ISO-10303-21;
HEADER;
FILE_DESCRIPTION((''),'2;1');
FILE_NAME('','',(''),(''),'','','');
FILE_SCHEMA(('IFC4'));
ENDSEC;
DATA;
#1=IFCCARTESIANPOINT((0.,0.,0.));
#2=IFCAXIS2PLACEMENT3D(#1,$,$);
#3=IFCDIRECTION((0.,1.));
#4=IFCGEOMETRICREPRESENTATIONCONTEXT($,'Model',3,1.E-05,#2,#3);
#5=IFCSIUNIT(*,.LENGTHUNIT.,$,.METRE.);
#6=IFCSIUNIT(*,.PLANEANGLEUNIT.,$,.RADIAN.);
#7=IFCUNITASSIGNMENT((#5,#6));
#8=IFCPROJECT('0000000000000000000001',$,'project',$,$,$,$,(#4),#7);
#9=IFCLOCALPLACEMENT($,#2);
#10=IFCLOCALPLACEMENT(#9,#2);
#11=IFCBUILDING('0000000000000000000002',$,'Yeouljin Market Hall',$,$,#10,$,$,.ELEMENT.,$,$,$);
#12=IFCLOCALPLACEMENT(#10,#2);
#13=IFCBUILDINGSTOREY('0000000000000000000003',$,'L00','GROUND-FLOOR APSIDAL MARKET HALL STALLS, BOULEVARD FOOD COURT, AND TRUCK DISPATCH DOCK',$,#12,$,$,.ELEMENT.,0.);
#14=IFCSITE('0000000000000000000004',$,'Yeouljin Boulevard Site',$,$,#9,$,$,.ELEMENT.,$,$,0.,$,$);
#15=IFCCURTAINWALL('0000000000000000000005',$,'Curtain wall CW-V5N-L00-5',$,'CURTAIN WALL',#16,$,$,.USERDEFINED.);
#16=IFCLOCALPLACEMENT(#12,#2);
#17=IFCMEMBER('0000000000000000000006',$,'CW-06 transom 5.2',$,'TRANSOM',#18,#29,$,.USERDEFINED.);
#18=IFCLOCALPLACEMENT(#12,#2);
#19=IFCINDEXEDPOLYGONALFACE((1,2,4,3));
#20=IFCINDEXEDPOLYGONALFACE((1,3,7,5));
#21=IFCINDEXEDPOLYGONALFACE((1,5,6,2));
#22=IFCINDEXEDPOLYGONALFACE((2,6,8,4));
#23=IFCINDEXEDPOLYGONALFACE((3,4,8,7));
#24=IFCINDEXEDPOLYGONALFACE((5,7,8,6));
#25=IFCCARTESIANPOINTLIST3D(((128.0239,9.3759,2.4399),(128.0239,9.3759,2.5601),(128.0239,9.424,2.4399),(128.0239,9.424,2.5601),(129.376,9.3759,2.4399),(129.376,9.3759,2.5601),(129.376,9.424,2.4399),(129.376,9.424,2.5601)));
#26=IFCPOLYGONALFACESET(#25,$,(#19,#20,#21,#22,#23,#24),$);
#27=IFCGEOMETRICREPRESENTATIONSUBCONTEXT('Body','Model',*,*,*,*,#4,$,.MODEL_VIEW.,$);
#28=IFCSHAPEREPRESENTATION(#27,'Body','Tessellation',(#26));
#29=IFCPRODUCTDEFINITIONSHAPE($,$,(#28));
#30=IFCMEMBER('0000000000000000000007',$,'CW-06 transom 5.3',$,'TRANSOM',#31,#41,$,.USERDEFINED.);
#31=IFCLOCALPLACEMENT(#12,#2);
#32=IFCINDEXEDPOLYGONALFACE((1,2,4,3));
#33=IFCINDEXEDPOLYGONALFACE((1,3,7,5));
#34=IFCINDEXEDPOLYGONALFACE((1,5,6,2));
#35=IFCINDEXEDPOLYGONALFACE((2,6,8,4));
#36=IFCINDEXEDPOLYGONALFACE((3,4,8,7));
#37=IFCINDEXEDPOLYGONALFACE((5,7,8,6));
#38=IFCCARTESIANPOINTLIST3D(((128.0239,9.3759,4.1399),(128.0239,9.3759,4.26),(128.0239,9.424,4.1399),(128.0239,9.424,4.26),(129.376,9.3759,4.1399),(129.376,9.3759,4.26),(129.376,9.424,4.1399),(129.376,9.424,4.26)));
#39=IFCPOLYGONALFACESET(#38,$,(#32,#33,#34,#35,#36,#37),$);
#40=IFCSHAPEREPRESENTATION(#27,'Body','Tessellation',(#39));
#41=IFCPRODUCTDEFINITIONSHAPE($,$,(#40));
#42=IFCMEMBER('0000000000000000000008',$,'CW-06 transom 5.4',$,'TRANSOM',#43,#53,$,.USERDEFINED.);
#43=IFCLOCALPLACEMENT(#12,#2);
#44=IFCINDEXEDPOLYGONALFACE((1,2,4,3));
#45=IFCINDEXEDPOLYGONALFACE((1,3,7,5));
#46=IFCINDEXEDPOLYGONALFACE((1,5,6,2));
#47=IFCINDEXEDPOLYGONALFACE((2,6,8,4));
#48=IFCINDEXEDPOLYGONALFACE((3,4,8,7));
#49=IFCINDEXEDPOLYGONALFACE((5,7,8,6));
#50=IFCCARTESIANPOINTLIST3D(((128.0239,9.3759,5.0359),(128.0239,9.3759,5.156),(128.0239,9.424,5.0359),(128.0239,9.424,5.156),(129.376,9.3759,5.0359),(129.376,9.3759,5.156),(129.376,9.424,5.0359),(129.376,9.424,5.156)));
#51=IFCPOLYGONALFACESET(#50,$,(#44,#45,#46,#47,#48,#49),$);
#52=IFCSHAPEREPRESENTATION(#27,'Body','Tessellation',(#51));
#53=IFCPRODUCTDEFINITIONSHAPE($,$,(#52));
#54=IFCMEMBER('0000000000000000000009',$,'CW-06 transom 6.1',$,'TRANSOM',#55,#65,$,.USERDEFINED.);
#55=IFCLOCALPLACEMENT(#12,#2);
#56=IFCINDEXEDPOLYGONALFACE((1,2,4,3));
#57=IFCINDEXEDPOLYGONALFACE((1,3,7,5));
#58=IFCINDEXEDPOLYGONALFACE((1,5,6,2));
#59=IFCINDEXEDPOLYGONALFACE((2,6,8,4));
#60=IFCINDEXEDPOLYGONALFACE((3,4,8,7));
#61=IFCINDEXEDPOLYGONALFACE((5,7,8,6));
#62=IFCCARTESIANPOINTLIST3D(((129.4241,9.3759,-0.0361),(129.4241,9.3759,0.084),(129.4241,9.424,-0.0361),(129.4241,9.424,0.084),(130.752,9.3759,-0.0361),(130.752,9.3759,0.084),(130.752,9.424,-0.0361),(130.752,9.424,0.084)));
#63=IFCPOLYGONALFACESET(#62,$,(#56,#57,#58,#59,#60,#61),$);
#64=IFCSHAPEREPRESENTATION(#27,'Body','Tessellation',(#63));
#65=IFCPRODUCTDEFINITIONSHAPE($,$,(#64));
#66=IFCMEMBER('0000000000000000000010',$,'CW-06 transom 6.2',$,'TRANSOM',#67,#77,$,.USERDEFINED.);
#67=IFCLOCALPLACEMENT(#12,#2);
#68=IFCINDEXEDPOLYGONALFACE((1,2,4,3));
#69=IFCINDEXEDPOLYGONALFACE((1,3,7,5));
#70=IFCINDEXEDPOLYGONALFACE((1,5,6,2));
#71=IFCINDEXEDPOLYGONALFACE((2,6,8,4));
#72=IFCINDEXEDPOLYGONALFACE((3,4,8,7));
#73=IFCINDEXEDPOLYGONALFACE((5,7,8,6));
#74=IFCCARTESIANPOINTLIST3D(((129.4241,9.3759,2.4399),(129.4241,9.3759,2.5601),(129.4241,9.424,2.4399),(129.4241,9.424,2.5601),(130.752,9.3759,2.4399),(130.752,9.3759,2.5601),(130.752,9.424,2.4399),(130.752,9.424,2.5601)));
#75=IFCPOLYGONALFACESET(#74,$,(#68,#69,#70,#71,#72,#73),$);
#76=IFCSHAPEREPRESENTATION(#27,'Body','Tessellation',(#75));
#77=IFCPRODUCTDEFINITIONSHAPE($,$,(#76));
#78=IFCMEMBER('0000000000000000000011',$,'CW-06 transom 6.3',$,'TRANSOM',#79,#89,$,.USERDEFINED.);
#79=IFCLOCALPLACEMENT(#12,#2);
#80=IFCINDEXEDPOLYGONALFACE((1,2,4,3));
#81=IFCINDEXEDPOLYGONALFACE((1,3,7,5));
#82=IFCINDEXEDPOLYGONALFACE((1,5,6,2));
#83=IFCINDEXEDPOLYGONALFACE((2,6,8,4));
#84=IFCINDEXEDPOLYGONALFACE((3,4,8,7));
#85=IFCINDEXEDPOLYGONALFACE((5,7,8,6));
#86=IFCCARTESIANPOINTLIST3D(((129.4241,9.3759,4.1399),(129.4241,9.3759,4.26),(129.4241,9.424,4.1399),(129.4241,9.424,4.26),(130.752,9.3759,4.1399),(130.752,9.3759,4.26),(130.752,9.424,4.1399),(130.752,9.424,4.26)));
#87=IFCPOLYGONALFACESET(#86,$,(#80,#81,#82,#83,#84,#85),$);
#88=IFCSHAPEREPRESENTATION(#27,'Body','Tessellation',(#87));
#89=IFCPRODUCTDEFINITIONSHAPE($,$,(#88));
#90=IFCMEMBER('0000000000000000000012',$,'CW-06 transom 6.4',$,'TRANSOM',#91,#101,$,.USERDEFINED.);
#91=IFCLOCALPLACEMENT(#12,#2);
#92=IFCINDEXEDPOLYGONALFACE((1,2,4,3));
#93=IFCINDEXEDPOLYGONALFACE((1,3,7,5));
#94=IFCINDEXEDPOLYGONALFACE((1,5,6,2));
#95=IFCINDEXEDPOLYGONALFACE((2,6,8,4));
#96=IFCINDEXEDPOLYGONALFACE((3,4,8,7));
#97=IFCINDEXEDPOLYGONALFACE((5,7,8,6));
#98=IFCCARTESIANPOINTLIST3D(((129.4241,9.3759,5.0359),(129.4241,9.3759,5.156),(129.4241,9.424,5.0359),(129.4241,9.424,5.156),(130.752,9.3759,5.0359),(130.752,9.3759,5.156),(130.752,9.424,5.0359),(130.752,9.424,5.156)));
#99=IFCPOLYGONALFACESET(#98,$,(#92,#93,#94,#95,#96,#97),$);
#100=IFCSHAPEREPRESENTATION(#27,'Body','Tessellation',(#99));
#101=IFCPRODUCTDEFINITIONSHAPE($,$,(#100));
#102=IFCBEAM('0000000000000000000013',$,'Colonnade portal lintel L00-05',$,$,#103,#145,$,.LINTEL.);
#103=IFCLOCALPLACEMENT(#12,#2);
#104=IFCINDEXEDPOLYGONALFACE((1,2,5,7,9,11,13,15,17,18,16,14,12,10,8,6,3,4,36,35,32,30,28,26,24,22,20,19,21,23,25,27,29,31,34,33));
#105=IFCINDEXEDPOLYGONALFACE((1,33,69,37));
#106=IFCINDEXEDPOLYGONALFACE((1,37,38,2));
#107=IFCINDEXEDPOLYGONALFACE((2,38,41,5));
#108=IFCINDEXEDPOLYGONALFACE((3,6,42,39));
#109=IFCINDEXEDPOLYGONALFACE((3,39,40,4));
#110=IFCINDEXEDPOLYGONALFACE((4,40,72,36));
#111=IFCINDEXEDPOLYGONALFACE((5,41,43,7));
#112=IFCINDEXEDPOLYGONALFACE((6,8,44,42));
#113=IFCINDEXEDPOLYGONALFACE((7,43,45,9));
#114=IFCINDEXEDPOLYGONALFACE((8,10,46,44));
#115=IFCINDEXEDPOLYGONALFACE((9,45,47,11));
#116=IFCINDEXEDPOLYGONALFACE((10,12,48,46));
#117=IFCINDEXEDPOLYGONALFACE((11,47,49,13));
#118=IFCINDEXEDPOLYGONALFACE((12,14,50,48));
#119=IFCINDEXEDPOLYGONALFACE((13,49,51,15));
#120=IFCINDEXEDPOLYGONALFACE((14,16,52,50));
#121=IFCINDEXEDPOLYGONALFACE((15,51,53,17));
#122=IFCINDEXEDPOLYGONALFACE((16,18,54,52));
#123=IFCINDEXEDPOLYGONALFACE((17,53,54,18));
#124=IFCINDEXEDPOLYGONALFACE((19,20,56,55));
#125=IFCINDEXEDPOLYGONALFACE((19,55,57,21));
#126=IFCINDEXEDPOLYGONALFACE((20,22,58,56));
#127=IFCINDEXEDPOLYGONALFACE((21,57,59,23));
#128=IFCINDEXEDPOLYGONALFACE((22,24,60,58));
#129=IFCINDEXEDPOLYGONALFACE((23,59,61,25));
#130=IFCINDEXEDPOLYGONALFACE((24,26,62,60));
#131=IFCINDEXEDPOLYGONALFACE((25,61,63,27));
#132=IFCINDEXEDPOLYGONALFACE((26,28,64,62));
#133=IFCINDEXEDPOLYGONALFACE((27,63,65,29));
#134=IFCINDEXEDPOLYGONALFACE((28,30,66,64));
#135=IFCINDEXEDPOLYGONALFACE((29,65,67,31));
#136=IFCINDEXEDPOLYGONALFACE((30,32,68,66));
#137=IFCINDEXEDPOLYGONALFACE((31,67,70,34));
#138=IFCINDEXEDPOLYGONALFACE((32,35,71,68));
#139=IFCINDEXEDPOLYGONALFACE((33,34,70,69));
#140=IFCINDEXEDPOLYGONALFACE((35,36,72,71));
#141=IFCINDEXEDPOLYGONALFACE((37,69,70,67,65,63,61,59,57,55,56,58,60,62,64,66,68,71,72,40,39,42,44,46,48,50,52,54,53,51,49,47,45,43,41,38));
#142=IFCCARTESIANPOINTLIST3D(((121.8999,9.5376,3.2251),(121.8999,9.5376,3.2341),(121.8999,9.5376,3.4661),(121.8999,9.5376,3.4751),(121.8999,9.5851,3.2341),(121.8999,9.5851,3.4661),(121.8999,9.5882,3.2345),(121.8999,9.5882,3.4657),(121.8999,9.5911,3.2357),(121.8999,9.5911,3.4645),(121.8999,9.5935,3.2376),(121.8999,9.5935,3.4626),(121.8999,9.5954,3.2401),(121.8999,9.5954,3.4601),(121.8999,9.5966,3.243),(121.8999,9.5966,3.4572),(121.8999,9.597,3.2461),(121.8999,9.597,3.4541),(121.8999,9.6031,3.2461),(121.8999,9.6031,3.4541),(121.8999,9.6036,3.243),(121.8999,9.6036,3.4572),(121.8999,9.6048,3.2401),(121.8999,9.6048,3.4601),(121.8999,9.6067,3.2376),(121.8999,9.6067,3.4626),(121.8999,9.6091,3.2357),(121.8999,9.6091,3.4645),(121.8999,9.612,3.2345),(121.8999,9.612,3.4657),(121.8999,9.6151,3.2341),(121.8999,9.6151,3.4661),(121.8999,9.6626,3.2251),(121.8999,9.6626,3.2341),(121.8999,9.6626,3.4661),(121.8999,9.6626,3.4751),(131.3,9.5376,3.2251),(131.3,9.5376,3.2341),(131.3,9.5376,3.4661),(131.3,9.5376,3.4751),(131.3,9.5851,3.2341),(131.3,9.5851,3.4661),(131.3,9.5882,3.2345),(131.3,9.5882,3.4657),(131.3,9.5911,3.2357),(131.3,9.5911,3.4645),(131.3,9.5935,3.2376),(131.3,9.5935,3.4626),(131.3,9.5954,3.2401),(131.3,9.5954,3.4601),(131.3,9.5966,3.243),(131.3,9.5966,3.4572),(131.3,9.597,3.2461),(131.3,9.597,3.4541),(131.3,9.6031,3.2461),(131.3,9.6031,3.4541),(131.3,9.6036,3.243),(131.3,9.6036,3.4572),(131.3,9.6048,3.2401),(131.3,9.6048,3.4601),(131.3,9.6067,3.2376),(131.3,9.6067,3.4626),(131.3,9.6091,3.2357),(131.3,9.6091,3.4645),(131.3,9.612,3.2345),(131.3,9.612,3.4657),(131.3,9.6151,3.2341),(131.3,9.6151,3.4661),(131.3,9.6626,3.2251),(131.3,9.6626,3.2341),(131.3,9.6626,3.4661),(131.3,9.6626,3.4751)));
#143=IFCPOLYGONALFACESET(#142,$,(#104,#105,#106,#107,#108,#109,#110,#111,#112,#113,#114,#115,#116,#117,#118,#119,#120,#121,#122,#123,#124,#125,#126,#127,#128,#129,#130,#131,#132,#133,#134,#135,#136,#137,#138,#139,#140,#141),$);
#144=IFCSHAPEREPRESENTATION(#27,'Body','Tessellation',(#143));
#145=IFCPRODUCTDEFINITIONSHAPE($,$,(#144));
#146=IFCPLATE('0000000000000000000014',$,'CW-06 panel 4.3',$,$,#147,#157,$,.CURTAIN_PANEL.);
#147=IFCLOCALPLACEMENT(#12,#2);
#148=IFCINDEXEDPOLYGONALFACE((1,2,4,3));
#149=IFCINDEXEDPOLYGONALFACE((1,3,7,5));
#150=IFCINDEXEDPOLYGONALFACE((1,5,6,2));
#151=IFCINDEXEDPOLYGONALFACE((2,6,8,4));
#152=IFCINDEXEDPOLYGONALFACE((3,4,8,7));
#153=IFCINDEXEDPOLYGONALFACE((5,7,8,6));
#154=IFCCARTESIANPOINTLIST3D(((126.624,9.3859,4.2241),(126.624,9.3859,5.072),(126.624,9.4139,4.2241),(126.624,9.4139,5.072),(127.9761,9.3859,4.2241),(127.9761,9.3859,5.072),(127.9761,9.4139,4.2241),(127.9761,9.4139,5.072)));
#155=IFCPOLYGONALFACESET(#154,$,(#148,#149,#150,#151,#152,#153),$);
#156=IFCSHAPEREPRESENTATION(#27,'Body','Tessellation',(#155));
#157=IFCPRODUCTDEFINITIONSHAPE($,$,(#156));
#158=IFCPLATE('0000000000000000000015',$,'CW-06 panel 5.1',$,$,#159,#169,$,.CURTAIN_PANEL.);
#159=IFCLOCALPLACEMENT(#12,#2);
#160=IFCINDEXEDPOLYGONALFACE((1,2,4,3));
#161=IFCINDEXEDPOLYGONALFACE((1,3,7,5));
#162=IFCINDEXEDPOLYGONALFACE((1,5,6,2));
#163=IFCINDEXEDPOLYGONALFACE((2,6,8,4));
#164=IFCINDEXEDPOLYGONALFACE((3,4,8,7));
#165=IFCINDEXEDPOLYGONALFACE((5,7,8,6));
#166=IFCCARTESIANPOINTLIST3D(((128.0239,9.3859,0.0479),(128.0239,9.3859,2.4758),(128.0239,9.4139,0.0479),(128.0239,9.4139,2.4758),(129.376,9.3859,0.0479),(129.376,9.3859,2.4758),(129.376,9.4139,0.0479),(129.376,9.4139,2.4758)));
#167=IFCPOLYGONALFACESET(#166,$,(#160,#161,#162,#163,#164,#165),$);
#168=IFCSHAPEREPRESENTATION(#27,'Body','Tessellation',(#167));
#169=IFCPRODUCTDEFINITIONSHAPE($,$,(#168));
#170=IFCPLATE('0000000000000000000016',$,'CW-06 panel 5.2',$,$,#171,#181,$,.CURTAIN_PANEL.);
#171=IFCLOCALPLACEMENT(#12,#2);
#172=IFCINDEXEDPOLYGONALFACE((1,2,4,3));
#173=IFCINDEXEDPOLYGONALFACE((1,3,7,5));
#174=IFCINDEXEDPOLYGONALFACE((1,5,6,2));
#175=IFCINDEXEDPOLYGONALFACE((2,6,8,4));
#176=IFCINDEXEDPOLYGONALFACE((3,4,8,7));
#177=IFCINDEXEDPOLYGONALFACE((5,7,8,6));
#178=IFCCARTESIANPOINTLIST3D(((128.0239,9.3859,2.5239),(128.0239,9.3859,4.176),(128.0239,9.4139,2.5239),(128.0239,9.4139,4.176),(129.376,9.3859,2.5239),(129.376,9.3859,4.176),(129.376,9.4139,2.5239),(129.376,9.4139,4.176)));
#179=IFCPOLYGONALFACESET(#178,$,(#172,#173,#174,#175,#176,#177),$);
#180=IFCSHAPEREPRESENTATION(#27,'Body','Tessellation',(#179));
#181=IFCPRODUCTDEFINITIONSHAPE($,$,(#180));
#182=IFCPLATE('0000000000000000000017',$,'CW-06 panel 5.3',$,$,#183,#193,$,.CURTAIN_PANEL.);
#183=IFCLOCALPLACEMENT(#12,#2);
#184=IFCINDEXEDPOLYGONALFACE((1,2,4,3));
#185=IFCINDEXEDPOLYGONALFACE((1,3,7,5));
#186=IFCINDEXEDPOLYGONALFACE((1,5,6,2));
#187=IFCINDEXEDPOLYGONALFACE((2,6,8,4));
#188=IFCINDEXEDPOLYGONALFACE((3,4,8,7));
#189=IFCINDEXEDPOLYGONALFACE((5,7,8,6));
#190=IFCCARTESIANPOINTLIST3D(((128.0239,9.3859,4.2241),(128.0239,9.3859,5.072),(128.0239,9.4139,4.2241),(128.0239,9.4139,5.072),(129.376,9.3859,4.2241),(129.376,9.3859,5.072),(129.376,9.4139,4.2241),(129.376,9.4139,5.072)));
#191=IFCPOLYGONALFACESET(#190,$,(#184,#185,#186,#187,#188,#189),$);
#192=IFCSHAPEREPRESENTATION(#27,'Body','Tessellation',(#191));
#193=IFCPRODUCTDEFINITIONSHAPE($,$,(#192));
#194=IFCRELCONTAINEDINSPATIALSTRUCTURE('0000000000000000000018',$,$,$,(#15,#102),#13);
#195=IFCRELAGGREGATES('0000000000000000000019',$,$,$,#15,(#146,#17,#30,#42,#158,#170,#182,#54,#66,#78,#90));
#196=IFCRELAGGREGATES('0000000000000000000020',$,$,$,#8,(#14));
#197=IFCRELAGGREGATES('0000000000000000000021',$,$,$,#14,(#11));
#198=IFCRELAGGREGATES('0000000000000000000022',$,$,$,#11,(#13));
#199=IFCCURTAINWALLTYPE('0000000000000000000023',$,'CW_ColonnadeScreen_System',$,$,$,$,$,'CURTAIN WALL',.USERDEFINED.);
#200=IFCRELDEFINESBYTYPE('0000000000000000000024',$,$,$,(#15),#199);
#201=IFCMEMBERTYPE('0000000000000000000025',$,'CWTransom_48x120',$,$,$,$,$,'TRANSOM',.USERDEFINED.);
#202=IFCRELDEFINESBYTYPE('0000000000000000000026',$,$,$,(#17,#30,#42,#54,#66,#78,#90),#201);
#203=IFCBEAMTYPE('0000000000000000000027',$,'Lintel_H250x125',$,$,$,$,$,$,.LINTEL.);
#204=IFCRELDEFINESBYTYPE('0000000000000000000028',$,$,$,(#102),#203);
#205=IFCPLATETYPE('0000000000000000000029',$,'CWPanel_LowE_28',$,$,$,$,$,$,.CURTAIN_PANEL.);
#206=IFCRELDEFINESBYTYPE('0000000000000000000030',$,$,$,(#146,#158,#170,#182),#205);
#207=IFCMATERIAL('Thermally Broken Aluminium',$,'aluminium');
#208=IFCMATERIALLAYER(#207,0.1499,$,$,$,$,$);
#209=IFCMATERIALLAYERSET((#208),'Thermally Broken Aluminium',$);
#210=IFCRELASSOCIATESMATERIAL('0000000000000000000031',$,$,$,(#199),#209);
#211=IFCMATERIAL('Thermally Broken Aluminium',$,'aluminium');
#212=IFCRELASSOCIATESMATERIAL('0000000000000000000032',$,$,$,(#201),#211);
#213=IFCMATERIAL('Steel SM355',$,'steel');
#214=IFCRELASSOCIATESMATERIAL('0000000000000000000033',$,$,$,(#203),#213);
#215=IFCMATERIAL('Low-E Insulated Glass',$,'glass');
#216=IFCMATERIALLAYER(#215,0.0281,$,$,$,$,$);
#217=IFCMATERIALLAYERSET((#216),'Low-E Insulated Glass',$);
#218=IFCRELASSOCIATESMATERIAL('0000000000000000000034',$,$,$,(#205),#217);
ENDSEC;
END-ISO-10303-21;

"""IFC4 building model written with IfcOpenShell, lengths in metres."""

from ifc_helpers import new_model, si_unit, direction, frame, origin, origin_2d, place, context, subcontext, project, spatial, rectangle, i_section, extrude, material, layer, layer_set, material_profile, profile_set, type_object, element, aggregate, save


model = new_model("IFC4")

# Units and contexts
model_context = context("Model", 3, precision=1e-05, world=origin(), true_north=direction((0.0, 1.0)))
body_context = subcontext(model_context, "Body", "Model", "MODEL_VIEW")
ifc_project = project(units=[si_unit("LENGTHUNIT", "METRE"), si_unit("PLANEANGLEUNIT", "RADIAN")], contexts=[model_context])

# Site, building, storey
site_placement = place(None, origin())
site = spatial("IfcSite", under=ifc_project, at=site_placement, Name="Yeouljin Boulevard Site", CompositionType="ELEMENT", RefElevation=0.0)
building_placement = place(site_placement, origin())
building = spatial("IfcBuilding", under=site, at=building_placement, Name="Yeouljin Market Hall", CompositionType="ELEMENT")
storey_placement = place(building_placement, origin())
storey = spatial("IfcBuildingStorey", under=building, at=storey_placement, Name="L00", Description="GROUND-FLOOR APSIDAL MARKET HALL STALLS, BOULEVARD FOOD COURT, AND TRUCK DISPATCH DOCK", CompositionType="ELEMENT", Elevation=0.0)

# Curtain wall, members
ifc_material_1 = material(Name="Thermally Broken Aluminium", Category="aluminium")
ifc_layer_1 = layer(ifc_material_1, 0.1499)
ifc_layer_set_1 = layer_set([ifc_layer_1], Name="Thermally Broken Aluminium")
curtain_wall_type = type_object("IfcCurtainWallType", Name="CW_ColonnadeScreen_System", ElementType="CURTAIN WALL", PredefinedType="USERDEFINED", material=ifc_layer_set_1)
curtain_wall_placement = place(storey_placement, origin())
curtain_wall = element("IfcCurtainWall", 1, at=curtain_wall_placement, inside=storey, type_object=curtain_wall_type, Name="Curtain wall CW-V5N-L00-5", ObjectType="CURTAIN WALL", PredefinedType="USERDEFINED")
ifc_material_2 = material(Name="Thermally Broken Aluminium", Category="aluminium")
ifc_material_profile_1 = material_profile(ifc_material_2, rectangle(XDim=0.0481, YDim=0.1201, at=origin_2d()), Name="CW-TRAN-48x120")
ifc_profile_set_1 = profile_set([ifc_material_profile_1], Name="Thermally Broken Aluminium")
member_type_1 = type_object("IfcMemberType", Name="CWTransom_48x120", ElementType="TRANSOM", PredefinedType="USERDEFINED", material=ifc_profile_set_1)
member_1_placement = place(storey_placement, frame((128.0239, 9.3999, 2.5), z_axis=(1.0, 0.0, 0.0), x_axis=(0.0, 1.0, 0.0)))
member_1 = element("IfcMember", 2, at=member_1_placement, type_object=member_type_1, Name="CW-06 transom 5.2", ObjectType="TRANSOM", PredefinedType="USERDEFINED", context=body_context, shape_type="SweptSolid", body=[
    extrude(rectangle(XDim=0.0481, YDim=0.1201, at=origin_2d()), origin(), (0.0, 0.0, 1.0), 1.3521),
])
member_2_placement = place(storey_placement, frame((128.0239, 9.3999, 4.2), z_axis=(1.0, 0.0, 0.0), x_axis=(0.0, 1.0, 0.0)))
member_2 = element("IfcMember", 3, at=member_2_placement, type_object=member_type_1, Name="CW-06 transom 5.3", ObjectType="TRANSOM", PredefinedType="USERDEFINED", context=body_context, shape_type="SweptSolid", body=[
    extrude(rectangle(XDim=0.0481, YDim=0.1201, at=origin_2d()), origin(), (0.0, 0.0, 1.0), 1.3521),
])
member_3_placement = place(storey_placement, frame((128.0239, 9.3999, 5.0959), z_axis=(1.0, 0.0, 0.0), x_axis=(0.0, 1.0, 0.0)))
member_3 = element("IfcMember", 4, at=member_3_placement, type_object=member_type_1, Name="CW-06 transom 5.4", ObjectType="TRANSOM", PredefinedType="USERDEFINED", context=body_context, shape_type="SweptSolid", body=[
    extrude(rectangle(XDim=0.0481, YDim=0.1201, at=origin_2d()), origin(), (0.0, 0.0, 1.0), 1.3521),
])
member_4_placement = place(storey_placement, frame((129.4241, 9.3999, 0.0239), z_axis=(1.0, 0.0, 0.0), x_axis=(0.0, 1.0, 0.0)))
member_4 = element("IfcMember", 5, at=member_4_placement, type_object=member_type_1, Name="CW-06 transom 6.1", ObjectType="TRANSOM", PredefinedType="USERDEFINED", context=body_context, shape_type="SweptSolid", body=[
    extrude(rectangle(XDim=0.0481, YDim=0.1201, at=origin_2d()), origin(), (0.0, 0.0, 1.0), 1.3279),
])
member_5_placement = place(storey_placement, frame((129.4241, 9.3999, 2.5), z_axis=(1.0, 0.0, 0.0), x_axis=(0.0, 1.0, 0.0)))
member_5 = element("IfcMember", 6, at=member_5_placement, type_object=member_type_1, Name="CW-06 transom 6.2", ObjectType="TRANSOM", PredefinedType="USERDEFINED", context=body_context, shape_type="SweptSolid", body=[
    extrude(rectangle(XDim=0.0481, YDim=0.1201, at=origin_2d()), origin(), (0.0, 0.0, 1.0), 1.3279),
])
member_6_placement = place(storey_placement, frame((129.4241, 9.3999, 4.2), z_axis=(1.0, 0.0, 0.0), x_axis=(0.0, 1.0, 0.0)))
member_6 = element("IfcMember", 7, at=member_6_placement, type_object=member_type_1, Name="CW-06 transom 6.3", ObjectType="TRANSOM", PredefinedType="USERDEFINED", context=body_context, shape_type="SweptSolid", body=[
    extrude(rectangle(XDim=0.0481, YDim=0.1201, at=origin_2d()), origin(), (0.0, 0.0, 1.0), 1.3279),
])
member_7_placement = place(storey_placement, frame((129.4241, 9.3999, 5.0959), z_axis=(1.0, 0.0, 0.0), x_axis=(0.0, 1.0, 0.0)))
member_7 = element("IfcMember", 8, at=member_7_placement, type_object=member_type_1, Name="CW-06 transom 6.4", ObjectType="TRANSOM", PredefinedType="USERDEFINED", context=body_context, shape_type="SweptSolid", body=[
    extrude(rectangle(XDim=0.0481, YDim=0.1201, at=origin_2d()), origin(), (0.0, 0.0, 1.0), 1.3279),
])

# Beam
ifc_material_3 = material(Name="Steel SM355", Category="steel")
ifc_material_profile_2 = material_profile(ifc_material_3, i_section(OverallWidth=0.125, OverallDepth=0.25, WebThickness=0.0061, FlangeThickness=0.009, FilletRadius=0.012, at=origin_2d()), Name="H-250x125x6x9")
ifc_profile_set_2 = profile_set([ifc_material_profile_2], Name="Steel SM355")
beam_type = type_object("IfcBeamType", Name="Lintel_H250x125", PredefinedType="LINTEL", material=ifc_profile_set_2)
beam_placement = place(storey_placement, frame((121.8999, 9.6001, 3.3501), z_axis=(1.0, 0.0, 0.0), x_axis=(0.0, 1.0, 0.0)))
element("IfcBeam", 9, at=beam_placement, inside=storey, type_object=beam_type, Name="Colonnade portal lintel L00-05", PredefinedType="LINTEL", context=body_context, shape_type="SweptSolid", body=[
    extrude(i_section(OverallWidth=0.125, OverallDepth=0.25, WebThickness=0.0061, FlangeThickness=0.009, FilletRadius=0.012, at=origin_2d()), origin(), (0.0, 0.0, 1.0), 9.4001),
])

# Plates
ifc_material_4 = material(Name="Low-E Insulated Glass", Category="glass")
ifc_layer_2 = layer(ifc_material_4, 0.0281)
ifc_layer_set_2 = layer_set([ifc_layer_2], Name="Low-E Insulated Glass")
plate_type_1 = type_object("IfcPlateType", Name="CWPanel_LowE_28", PredefinedType="CURTAIN_PANEL", material=ifc_layer_set_2)
plate_1_placement = place(storey_placement, frame((127.3, 9.3999, 4.2241), z_axis=(0.0, 0.0, 1.0), x_axis=(1.0, 0.0, 0.0)))
plate_1 = element("IfcPlate", 10, at=plate_1_placement, type_object=plate_type_1, Name="CW-06 panel 4.3", PredefinedType="CURTAIN_PANEL", context=body_context, shape_type="SweptSolid", body=[
    extrude(rectangle(XDim=1.3521, YDim=0.0281, at=origin_2d()), origin(), (0.0, 0.0, 1.0), 0.8479),
])
plate_2_placement = place(storey_placement, frame((128.7, 9.3999, 0.0479), z_axis=(0.0, 0.0, 1.0), x_axis=(1.0, 0.0, 0.0)))
plate_2 = element("IfcPlate", 11, at=plate_2_placement, type_object=plate_type_1, Name="CW-06 panel 5.1", PredefinedType="CURTAIN_PANEL", context=body_context, shape_type="SweptSolid", body=[
    extrude(rectangle(XDim=1.3521, YDim=0.0281, at=origin_2d()), origin(), (0.0, 0.0, 1.0), 2.428),
])
plate_3_placement = place(storey_placement, frame((128.7, 9.3999, 2.5239), z_axis=(0.0, 0.0, 1.0), x_axis=(1.0, 0.0, 0.0)))
plate_3 = element("IfcPlate", 12, at=plate_3_placement, type_object=plate_type_1, Name="CW-06 panel 5.2", PredefinedType="CURTAIN_PANEL", context=body_context, shape_type="SweptSolid", body=[
    extrude(rectangle(XDim=1.3521, YDim=0.0281, at=origin_2d()), origin(), (0.0, 0.0, 1.0), 1.6521),
])
plate_4_placement = place(storey_placement, frame((128.7, 9.3999, 4.2241), z_axis=(0.0, 0.0, 1.0), x_axis=(1.0, 0.0, 0.0)))
plate_4 = element("IfcPlate", 13, at=plate_4_placement, type_object=plate_type_1, Name="CW-06 panel 5.3", PredefinedType="CURTAIN_PANEL", context=body_context, shape_type="SweptSolid", body=[
    extrude(rectangle(XDim=1.3521, YDim=0.0281, at=origin_2d()), origin(), (0.0, 0.0, 1.0), 0.8479),
])
aggregate(curtain_wall, [plate_1, member_1, member_2, member_3, plate_2, plate_3, plate_4, member_4, member_5, member_6, member_7])

save(model, "model.ifc")
